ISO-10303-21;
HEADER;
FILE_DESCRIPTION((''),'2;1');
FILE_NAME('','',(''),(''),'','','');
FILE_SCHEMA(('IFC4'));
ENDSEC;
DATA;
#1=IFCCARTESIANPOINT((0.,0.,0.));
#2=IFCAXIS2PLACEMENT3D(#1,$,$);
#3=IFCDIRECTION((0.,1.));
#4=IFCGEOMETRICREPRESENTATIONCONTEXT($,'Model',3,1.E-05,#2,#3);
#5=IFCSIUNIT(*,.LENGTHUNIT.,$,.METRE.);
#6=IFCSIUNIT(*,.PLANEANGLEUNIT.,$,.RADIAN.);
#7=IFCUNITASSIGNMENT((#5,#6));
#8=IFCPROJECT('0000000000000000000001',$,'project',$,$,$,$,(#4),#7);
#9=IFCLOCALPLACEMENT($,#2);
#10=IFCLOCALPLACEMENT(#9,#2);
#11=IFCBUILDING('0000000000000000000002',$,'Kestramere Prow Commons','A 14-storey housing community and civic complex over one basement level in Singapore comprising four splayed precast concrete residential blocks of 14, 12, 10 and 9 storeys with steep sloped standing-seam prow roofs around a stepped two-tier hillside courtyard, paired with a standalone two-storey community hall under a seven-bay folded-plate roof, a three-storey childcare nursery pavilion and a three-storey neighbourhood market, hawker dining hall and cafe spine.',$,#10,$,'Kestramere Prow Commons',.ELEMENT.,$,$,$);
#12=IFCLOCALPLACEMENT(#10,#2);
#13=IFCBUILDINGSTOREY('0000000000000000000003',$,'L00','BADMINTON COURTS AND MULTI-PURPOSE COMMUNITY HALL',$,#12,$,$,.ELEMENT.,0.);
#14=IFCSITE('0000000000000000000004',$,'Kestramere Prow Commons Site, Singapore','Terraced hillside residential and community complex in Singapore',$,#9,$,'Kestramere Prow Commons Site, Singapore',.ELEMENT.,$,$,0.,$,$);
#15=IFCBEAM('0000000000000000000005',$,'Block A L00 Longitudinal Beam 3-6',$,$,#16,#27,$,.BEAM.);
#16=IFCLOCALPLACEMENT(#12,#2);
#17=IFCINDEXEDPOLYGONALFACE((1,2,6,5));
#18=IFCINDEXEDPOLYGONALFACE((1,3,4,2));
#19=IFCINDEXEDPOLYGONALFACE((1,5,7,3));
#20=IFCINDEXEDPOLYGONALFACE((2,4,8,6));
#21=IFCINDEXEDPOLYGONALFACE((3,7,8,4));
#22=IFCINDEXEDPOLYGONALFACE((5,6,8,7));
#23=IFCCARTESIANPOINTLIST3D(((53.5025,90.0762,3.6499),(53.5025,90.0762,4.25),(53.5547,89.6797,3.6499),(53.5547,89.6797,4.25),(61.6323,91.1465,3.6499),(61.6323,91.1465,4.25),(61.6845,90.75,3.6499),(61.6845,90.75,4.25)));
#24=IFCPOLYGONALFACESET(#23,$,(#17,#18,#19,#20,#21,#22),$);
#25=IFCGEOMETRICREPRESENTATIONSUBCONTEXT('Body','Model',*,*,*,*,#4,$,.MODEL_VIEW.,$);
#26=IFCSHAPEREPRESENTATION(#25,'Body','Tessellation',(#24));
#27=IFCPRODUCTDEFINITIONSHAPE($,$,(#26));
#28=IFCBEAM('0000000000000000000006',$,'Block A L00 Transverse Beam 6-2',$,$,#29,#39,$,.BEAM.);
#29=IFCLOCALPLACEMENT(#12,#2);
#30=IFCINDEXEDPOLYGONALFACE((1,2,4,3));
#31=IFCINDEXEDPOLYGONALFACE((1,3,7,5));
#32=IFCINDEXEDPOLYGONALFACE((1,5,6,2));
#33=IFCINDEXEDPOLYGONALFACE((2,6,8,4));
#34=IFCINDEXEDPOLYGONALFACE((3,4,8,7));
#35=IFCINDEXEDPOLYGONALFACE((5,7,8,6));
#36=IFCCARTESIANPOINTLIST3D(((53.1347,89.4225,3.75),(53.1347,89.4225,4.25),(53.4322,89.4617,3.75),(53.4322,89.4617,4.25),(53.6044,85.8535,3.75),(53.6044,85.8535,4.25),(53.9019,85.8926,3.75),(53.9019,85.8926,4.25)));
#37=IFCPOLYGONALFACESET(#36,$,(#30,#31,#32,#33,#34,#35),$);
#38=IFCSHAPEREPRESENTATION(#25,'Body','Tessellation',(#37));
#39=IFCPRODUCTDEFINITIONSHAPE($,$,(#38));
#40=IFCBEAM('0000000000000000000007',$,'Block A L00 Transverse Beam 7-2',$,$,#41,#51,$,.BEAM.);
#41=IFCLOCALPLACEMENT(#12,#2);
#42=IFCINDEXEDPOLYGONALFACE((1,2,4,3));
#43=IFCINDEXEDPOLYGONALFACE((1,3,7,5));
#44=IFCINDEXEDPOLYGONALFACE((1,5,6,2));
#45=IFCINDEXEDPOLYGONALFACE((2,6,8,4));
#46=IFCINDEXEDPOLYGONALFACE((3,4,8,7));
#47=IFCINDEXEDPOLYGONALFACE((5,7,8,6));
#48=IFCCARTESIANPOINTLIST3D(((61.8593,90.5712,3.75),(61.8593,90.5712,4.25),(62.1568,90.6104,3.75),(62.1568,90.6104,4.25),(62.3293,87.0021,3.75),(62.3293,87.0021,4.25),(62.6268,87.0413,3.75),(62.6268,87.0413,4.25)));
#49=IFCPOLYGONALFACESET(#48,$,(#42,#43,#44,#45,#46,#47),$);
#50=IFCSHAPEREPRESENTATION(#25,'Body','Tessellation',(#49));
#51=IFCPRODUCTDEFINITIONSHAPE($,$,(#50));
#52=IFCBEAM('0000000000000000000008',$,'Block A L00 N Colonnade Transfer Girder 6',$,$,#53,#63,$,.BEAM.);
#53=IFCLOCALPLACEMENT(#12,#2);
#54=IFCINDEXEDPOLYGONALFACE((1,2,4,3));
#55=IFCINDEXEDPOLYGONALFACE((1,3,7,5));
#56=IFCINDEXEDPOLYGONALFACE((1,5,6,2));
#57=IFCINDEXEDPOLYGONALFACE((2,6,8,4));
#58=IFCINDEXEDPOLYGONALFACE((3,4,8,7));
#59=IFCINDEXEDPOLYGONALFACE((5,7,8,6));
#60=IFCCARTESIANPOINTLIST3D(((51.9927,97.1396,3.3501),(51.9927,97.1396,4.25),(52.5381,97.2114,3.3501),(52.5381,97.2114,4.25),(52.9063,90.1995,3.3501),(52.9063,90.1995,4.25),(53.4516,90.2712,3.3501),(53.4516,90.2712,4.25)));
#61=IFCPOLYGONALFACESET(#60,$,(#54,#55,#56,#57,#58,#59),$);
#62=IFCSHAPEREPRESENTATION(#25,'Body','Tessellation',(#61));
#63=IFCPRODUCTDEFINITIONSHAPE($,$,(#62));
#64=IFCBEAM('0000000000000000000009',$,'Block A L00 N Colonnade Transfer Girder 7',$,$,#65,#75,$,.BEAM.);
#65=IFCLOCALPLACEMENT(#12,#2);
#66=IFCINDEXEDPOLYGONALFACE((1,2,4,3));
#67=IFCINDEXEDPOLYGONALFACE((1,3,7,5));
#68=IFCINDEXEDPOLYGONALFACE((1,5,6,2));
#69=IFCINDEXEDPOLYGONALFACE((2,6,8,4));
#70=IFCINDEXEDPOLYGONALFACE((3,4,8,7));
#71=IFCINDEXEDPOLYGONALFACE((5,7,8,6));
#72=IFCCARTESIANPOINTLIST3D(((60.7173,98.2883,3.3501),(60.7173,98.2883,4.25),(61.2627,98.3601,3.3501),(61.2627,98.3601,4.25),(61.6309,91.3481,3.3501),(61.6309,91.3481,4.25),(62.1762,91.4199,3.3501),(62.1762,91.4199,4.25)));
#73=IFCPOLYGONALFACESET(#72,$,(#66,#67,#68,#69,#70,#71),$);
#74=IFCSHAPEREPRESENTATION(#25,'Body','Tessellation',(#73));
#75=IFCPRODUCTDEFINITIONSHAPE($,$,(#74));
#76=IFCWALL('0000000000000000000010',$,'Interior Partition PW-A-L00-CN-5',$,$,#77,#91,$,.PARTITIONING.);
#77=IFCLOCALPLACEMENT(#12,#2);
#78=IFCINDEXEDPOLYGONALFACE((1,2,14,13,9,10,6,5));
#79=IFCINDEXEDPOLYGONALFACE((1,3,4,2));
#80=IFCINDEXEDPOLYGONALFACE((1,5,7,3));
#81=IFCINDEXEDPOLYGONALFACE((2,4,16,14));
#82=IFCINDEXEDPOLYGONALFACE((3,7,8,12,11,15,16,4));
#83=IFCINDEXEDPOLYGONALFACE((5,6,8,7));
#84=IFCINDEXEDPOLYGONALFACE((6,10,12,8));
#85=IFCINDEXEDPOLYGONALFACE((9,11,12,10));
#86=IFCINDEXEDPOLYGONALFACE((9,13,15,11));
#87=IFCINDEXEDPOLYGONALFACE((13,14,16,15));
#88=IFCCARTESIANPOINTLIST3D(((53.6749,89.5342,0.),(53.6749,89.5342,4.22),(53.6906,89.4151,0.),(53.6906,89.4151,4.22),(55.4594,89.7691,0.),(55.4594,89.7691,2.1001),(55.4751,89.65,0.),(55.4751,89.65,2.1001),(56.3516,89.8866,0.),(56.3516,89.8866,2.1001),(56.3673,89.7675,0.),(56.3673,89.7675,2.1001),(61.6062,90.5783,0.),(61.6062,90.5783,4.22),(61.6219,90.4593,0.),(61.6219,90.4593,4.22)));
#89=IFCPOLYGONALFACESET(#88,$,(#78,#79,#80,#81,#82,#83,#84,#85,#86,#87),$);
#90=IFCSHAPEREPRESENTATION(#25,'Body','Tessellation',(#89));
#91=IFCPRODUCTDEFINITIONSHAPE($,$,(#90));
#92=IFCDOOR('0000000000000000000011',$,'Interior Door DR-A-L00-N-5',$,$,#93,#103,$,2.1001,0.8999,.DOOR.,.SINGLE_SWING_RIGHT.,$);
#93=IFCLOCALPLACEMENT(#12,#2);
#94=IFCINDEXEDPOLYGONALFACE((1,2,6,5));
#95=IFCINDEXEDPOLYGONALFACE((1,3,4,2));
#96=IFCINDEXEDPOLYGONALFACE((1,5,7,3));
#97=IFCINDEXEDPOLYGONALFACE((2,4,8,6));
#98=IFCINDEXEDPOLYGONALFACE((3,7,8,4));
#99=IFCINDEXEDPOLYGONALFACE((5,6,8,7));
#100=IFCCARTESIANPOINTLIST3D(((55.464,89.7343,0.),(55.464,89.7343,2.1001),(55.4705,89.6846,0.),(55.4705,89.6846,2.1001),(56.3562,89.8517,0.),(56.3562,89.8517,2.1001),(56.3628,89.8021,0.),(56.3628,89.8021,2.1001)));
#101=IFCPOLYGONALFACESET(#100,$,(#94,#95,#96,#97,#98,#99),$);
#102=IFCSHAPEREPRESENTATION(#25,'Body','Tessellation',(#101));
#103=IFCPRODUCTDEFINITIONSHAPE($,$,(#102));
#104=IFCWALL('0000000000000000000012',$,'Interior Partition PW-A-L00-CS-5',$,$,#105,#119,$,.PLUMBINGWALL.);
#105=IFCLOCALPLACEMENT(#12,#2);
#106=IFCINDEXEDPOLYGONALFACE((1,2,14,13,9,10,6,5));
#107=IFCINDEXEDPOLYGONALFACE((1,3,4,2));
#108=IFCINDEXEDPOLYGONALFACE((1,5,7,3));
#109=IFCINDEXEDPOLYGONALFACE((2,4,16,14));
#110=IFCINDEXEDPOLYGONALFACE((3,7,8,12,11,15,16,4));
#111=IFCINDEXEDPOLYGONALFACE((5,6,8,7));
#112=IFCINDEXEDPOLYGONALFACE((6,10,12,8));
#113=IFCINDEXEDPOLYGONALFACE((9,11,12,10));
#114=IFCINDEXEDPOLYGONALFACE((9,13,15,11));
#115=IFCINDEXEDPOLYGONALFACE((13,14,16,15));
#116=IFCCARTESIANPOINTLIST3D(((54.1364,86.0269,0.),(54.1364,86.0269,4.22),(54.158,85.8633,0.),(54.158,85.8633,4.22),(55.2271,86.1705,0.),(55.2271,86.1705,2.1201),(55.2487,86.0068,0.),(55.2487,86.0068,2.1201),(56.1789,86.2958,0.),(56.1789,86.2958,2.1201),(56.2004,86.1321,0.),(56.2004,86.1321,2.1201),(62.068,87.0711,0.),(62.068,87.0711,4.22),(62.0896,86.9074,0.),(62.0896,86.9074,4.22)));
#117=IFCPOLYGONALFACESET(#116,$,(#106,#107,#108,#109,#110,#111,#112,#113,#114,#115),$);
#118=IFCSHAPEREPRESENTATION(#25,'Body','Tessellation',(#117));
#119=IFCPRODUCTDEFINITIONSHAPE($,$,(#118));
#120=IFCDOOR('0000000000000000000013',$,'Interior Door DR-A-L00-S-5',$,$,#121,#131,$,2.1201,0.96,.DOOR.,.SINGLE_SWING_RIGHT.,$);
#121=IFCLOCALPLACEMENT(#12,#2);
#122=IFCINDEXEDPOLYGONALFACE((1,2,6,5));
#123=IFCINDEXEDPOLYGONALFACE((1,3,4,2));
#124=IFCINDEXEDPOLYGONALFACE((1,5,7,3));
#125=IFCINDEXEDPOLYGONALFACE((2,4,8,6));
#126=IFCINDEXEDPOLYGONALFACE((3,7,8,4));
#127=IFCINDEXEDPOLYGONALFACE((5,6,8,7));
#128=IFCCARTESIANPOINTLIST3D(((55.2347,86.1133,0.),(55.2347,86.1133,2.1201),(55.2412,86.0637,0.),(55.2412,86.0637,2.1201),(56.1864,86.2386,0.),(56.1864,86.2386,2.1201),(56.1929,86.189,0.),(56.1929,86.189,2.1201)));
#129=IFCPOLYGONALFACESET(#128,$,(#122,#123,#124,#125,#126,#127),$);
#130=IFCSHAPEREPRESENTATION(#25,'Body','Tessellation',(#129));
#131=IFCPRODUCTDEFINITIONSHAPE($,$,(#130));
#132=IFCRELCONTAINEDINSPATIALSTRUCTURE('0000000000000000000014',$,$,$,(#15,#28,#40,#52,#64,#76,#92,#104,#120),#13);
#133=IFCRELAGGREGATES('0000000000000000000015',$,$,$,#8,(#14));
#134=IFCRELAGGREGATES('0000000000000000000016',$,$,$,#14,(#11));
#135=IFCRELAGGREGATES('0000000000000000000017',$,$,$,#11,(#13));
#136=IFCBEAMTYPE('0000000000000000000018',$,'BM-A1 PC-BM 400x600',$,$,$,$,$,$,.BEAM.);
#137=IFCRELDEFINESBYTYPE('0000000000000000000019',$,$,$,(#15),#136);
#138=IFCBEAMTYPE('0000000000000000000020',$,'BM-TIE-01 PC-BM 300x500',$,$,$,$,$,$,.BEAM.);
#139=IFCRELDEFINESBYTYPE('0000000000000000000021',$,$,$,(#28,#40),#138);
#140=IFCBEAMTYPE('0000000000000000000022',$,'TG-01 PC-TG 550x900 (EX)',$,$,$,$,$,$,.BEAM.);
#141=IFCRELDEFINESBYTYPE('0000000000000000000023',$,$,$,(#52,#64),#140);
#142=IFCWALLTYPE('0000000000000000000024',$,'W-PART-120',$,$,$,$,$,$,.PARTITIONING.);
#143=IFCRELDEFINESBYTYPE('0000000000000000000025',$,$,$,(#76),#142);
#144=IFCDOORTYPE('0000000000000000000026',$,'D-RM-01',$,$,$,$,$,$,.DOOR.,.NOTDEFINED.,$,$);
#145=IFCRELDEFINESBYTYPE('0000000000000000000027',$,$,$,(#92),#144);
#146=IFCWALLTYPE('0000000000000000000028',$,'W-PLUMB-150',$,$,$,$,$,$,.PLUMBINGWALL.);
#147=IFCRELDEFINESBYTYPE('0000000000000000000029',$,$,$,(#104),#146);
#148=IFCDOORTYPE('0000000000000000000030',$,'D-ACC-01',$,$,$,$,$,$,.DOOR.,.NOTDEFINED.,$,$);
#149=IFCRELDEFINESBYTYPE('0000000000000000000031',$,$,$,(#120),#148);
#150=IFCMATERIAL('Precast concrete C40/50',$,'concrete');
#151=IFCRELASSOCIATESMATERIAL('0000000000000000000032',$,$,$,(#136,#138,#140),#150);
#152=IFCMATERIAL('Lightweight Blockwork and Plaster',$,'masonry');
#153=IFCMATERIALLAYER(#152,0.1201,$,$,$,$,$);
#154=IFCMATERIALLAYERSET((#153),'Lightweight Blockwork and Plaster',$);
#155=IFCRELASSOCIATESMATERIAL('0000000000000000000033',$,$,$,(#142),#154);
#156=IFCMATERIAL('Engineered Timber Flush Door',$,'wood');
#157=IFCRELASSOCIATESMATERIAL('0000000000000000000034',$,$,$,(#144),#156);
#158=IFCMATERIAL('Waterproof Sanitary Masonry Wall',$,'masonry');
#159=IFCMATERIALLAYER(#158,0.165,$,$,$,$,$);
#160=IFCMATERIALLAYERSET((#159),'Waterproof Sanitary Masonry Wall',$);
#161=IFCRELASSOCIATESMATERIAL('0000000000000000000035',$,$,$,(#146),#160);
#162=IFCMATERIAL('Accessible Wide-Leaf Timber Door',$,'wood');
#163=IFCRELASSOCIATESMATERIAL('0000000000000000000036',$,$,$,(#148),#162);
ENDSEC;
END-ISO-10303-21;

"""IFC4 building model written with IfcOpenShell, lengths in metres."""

from ifc_helpers import new_model, si_unit, direction, frame, frame_2d, origin, origin_2d, place, context, subcontext, project, spatial, rectangle, extrude, material, layer, layer_set, material_profile, profile_set, type_object, element, fill, save


model = new_model("IFC4")

# Units and contexts
model_context = context("Model", 3, precision=1e-05, world=origin(), true_north=direction((0.0, 1.0)))
body_context = subcontext(model_context, "Body", "Model", "MODEL_VIEW")
ifc_project = project(units=[si_unit("LENGTHUNIT", "METRE"), si_unit("PLANEANGLEUNIT", "RADIAN")], contexts=[model_context])

# Site, building, storey
site_placement = place(None, origin())
site = spatial("IfcSite", under=ifc_project, at=site_placement, Name="Kestramere Prow Commons Site, Singapore", Description="Terraced hillside residential and community complex in Singapore", LongName="Kestramere Prow Commons Site, Singapore", CompositionType="ELEMENT", RefElevation=0.0)
building_placement = place(site_placement, origin())
building = spatial("IfcBuilding", under=site, at=building_placement, Name="Kestramere Prow Commons", Description="A 14-storey housing community and civic complex over one basement level in Singapore comprising four splayed precast concrete residential blocks of 14, 12, 10 and 9 storeys with steep sloped standing-seam prow roofs around a stepped two-tier hillside courtyard, paired with a standalone two-storey community hall under a seven-bay folded-plate roof, a three-storey childcare nursery pavilion and a three-storey neighbourhood market, hawker dining hall and cafe spine.", LongName="Kestramere Prow Commons", CompositionType="ELEMENT")
storey_placement = place(building_placement, origin())
storey = spatial("IfcBuildingStorey", under=building, at=storey_placement, Name="L00", Description="BADMINTON COURTS AND MULTI-PURPOSE COMMUNITY HALL", CompositionType="ELEMENT", Elevation=0.0)

# Shared definitions
ifc_material_1 = material(Name="Precast concrete C40/50", Category="concrete")

# Beams
ifc_material_profile_1 = material_profile(ifc_material_1, rectangle(XDim=0.3999, YDim=0.6001, at=origin_2d()), Name="PC-BM 400x600")
ifc_profile_set_1 = profile_set([ifc_material_profile_1], Name="Precast concrete C40/50")
beam_type_1 = type_object("IfcBeamType", Name="BM-A1 PC-BM 400x600", PredefinedType="BEAM", material=ifc_profile_set_1)
for number, where, z_axis, x_axis, name in (
    (1, (53.5286, 89.8779, 3.95), (0.991445, 0.130525, 0.0), (-0.130525, 0.991445, 0.0), "Block A L00 Longitudinal Beam 3-6"),
):
    element("IfcBeam", number, at=place(storey_placement, frame(where, z_axis=z_axis, x_axis=x_axis)), inside=storey, type_object=beam_type_1, Name=name, PredefinedType="BEAM", context=body_context, shape_type="SweptSolid", body=[
        extrude(rectangle(XDim=0.3999, YDim=0.6001, at=origin_2d()), origin(), (0.0, 0.0, 1.0), 8.2),
    ])
ifc_material_profile_2 = material_profile(ifc_material_1, rectangle(XDim=0.3, YDim=0.5, at=origin_2d()), Name="PC-BM 300x500")
ifc_profile_set_2 = profile_set([ifc_material_profile_2], Name="Precast concrete C40/50")
beam_type_2 = type_object("IfcBeamType", Name="BM-TIE-01 PC-BM 300x500", PredefinedType="BEAM", material=ifc_profile_set_2)
for number, where, z_axis, x_axis, name in (
    (2, (53.7532, 85.873, 4.0), (-0.130484, 0.99145, 0.0), (-0.99145, -0.130484, 0.0), "Block A L00 Transverse Beam 6-2"),
    (3, (62.478, 87.0217, 4.0), (-0.130551, 0.991442, 0.0), (-0.991442, -0.130551, 0.0), "Block A L00 Transverse Beam 7-2"),
):
    element("IfcBeam", number, at=place(storey_placement, frame(where, z_axis=z_axis, x_axis=x_axis)), inside=storey, type_object=beam_type_2, Name=name, PredefinedType="BEAM", context=body_context, shape_type="SweptSolid", body=[
        extrude(rectangle(XDim=0.3, YDim=0.5, at=origin_2d()), origin(), (0.0, 0.0, 1.0), 3.5999),
    ])
ifc_material_profile_3 = material_profile(ifc_material_1, rectangle(XDim=0.55, YDim=0.8999, at=origin_2d()), Name="PC-TG 550x900")
ifc_profile_set_3 = profile_set([ifc_material_profile_3], Name="Precast concrete C40/50")
beam_type_3 = type_object("IfcBeamType", Name="TG-01 PC-TG 550x900 (EX)", PredefinedType="BEAM", material=ifc_profile_set_3)
for number, where, z_axis, x_axis, name in (
    (4, (53.179, 90.2354, 3.8), (-0.13051, 0.991447, 0.0), (-0.991447, -0.13051, 0.0), "Block A L00 N Colonnade Transfer Girder 6"),
    (5, (61.9036, 91.384, 3.8), (-0.13051, 0.991447, 0.0), (-0.991447, -0.13051, 0.0), "Block A L00 N Colonnade Transfer Girder 7"),
):
    element("IfcBeam", number, at=place(storey_placement, frame(where, z_axis=z_axis, x_axis=x_axis)), inside=storey, type_object=beam_type_3, Name=name, PredefinedType="BEAM", context=body_context, shape_type="SweptSolid", body=[
        extrude(rectangle(XDim=0.55, YDim=0.8999, at=origin_2d()), origin(), (0.0, 0.0, 1.0), 7.0),
    ])

# Walls, openings, doors
ifc_material_2 = material(Name="Lightweight Blockwork and Plaster", Category="masonry")
ifc_layer_1 = layer(ifc_material_2, 0.1201)
ifc_layer_set_1 = layer_set([ifc_layer_1], Name="Lightweight Blockwork and Plaster")
wall_type_1 = type_object("IfcWallType", Name="W-PART-120", PredefinedType="PARTITIONING", material=ifc_layer_set_1)
wall_1_placement = place(storey_placement, frame((53.6826, 89.4746, 0.0), z_axis=(0.0, 0.0, 1.0), x_axis=(0.991445, 0.130526, 0.0)))
wall_1 = element("IfcWall", 6, at=wall_1_placement, inside=storey, type_object=wall_type_1, Name="Interior Partition PW-A-L00-CN-5", PredefinedType="PARTITIONING", context=body_context, shape_type="SweptSolid", body=[
    extrude(rectangle(XDim=7.9998, YDim=0.1201, at=frame_2d((4.0, 0.0))), origin(), (0.0, 0.0, 1.0), 4.22),
])
opening_1_placement = place(wall_1_placement, frame((1.8, 0.0, 0.0)))
opening_1 = element("IfcOpeningElement", 7, at=opening_1_placement, cuts=wall_1, PredefinedType="OPENING", context=body_context, shape_type="SweptSolid", body=[
    extrude(rectangle(XDim=0.8999, YDim=2.1001, at=frame_2d((0.45, 1.05))), frame((0.0, 0.075, 0.0), z_axis=(0.0, -1.0, 0.0), x_axis=(1.0, 0.0, 0.0)), (0.0, 0.0, 1.0), 0.1501),
])
ifc_material_3 = material(Name="Engineered Timber Flush Door", Category="wood")
door_type_1 = type_object("IfcDoorType", Name="D-RM-01", OperationType="NOTDEFINED", PredefinedType="DOOR", material=ifc_material_3)
door_1_placement = place(opening_1_placement, origin())
door_1 = element("IfcDoor", 8, at=door_1_placement, inside=storey, type_object=door_type_1, Name="Interior Door DR-A-L00-N-5", OperationType="SINGLE_SWING_RIGHT", OverallHeight=2.1001, OverallWidth=0.8999, PredefinedType="DOOR", context=body_context, shape_type="SweptSolid", body=[
    extrude(rectangle(XDim=0.8999, YDim=2.1001, at=frame_2d((0.45, 1.05))), frame((0.0, 0.0249, 0.0), z_axis=(0.0, -1.0, 0.0), x_axis=(1.0, 0.0, 0.0)), (0.0, 0.0, 1.0), 0.05),
])
fill(opening_1, door_1)
ifc_material_4 = material(Name="Waterproof Sanitary Masonry Wall", Category="masonry")
ifc_layer_2 = layer(ifc_material_4, 0.165)
ifc_layer_set_2 = layer_set([ifc_layer_2], Name="Waterproof Sanitary Masonry Wall")
wall_type_2 = type_object("IfcWallType", Name="W-PLUMB-150", PredefinedType="PLUMBINGWALL", material=ifc_layer_set_2)
wall_2_placement = place(storey_placement, frame((54.1472, 85.9451, 0.0), z_axis=(0.0, 0.0, 1.0), x_axis=(0.991445, 0.130522, 0.0)))
wall_2 = element("IfcWall", 9, at=wall_2_placement, inside=storey, type_object=wall_type_2, Name="Interior Partition PW-A-L00-CS-5", PredefinedType="PLUMBINGWALL", context=body_context, shape_type="SweptSolid", body=[
    extrude(rectangle(XDim=8.0, YDim=0.165, at=frame_2d((4.0, 0.0))), origin(), (0.0, 0.0, 1.0), 4.22),
])
opening_2_placement = place(wall_2_placement, frame((1.1001, 0.0, 0.0)))
opening_2 = element("IfcOpeningElement", 10, at=opening_2_placement, cuts=wall_2, PredefinedType="OPENING", context=body_context, shape_type="SweptSolid", body=[
    extrude(rectangle(XDim=0.96, YDim=2.1201, at=frame_2d((0.48, 1.0601))), frame((0.0, 0.0974, 0.0), z_axis=(0.0, -1.0, 0.0), x_axis=(1.0, 0.0, 0.0)), (0.0, 0.0, 1.0), 0.1951),
])
ifc_material_5 = material(Name="Accessible Wide-Leaf Timber Door", Category="wood")
door_type_2 = type_object("IfcDoorType", Name="D-ACC-01", OperationType="NOTDEFINED", PredefinedType="DOOR", material=ifc_material_5)
door_2_placement = place(opening_2_placement, origin())
door_2 = element("IfcDoor", 11, at=door_2_placement, inside=storey, type_object=door_type_2, Name="Interior Door DR-A-L00-S-5", OperationType="SINGLE_SWING_RIGHT", OverallHeight=2.1201, OverallWidth=0.96, PredefinedType="DOOR", context=body_context, shape_type="SweptSolid", body=[
    extrude(rectangle(XDim=0.96, YDim=2.1201, at=frame_2d((0.48, 1.0601))), frame((0.0, 0.0249, 0.0), z_axis=(0.0, -1.0, 0.0), x_axis=(1.0, 0.0, 0.0)), (0.0, 0.0, 1.0), 0.05),
])
fill(opening_2, door_2)

save(model, "model.ifc")
